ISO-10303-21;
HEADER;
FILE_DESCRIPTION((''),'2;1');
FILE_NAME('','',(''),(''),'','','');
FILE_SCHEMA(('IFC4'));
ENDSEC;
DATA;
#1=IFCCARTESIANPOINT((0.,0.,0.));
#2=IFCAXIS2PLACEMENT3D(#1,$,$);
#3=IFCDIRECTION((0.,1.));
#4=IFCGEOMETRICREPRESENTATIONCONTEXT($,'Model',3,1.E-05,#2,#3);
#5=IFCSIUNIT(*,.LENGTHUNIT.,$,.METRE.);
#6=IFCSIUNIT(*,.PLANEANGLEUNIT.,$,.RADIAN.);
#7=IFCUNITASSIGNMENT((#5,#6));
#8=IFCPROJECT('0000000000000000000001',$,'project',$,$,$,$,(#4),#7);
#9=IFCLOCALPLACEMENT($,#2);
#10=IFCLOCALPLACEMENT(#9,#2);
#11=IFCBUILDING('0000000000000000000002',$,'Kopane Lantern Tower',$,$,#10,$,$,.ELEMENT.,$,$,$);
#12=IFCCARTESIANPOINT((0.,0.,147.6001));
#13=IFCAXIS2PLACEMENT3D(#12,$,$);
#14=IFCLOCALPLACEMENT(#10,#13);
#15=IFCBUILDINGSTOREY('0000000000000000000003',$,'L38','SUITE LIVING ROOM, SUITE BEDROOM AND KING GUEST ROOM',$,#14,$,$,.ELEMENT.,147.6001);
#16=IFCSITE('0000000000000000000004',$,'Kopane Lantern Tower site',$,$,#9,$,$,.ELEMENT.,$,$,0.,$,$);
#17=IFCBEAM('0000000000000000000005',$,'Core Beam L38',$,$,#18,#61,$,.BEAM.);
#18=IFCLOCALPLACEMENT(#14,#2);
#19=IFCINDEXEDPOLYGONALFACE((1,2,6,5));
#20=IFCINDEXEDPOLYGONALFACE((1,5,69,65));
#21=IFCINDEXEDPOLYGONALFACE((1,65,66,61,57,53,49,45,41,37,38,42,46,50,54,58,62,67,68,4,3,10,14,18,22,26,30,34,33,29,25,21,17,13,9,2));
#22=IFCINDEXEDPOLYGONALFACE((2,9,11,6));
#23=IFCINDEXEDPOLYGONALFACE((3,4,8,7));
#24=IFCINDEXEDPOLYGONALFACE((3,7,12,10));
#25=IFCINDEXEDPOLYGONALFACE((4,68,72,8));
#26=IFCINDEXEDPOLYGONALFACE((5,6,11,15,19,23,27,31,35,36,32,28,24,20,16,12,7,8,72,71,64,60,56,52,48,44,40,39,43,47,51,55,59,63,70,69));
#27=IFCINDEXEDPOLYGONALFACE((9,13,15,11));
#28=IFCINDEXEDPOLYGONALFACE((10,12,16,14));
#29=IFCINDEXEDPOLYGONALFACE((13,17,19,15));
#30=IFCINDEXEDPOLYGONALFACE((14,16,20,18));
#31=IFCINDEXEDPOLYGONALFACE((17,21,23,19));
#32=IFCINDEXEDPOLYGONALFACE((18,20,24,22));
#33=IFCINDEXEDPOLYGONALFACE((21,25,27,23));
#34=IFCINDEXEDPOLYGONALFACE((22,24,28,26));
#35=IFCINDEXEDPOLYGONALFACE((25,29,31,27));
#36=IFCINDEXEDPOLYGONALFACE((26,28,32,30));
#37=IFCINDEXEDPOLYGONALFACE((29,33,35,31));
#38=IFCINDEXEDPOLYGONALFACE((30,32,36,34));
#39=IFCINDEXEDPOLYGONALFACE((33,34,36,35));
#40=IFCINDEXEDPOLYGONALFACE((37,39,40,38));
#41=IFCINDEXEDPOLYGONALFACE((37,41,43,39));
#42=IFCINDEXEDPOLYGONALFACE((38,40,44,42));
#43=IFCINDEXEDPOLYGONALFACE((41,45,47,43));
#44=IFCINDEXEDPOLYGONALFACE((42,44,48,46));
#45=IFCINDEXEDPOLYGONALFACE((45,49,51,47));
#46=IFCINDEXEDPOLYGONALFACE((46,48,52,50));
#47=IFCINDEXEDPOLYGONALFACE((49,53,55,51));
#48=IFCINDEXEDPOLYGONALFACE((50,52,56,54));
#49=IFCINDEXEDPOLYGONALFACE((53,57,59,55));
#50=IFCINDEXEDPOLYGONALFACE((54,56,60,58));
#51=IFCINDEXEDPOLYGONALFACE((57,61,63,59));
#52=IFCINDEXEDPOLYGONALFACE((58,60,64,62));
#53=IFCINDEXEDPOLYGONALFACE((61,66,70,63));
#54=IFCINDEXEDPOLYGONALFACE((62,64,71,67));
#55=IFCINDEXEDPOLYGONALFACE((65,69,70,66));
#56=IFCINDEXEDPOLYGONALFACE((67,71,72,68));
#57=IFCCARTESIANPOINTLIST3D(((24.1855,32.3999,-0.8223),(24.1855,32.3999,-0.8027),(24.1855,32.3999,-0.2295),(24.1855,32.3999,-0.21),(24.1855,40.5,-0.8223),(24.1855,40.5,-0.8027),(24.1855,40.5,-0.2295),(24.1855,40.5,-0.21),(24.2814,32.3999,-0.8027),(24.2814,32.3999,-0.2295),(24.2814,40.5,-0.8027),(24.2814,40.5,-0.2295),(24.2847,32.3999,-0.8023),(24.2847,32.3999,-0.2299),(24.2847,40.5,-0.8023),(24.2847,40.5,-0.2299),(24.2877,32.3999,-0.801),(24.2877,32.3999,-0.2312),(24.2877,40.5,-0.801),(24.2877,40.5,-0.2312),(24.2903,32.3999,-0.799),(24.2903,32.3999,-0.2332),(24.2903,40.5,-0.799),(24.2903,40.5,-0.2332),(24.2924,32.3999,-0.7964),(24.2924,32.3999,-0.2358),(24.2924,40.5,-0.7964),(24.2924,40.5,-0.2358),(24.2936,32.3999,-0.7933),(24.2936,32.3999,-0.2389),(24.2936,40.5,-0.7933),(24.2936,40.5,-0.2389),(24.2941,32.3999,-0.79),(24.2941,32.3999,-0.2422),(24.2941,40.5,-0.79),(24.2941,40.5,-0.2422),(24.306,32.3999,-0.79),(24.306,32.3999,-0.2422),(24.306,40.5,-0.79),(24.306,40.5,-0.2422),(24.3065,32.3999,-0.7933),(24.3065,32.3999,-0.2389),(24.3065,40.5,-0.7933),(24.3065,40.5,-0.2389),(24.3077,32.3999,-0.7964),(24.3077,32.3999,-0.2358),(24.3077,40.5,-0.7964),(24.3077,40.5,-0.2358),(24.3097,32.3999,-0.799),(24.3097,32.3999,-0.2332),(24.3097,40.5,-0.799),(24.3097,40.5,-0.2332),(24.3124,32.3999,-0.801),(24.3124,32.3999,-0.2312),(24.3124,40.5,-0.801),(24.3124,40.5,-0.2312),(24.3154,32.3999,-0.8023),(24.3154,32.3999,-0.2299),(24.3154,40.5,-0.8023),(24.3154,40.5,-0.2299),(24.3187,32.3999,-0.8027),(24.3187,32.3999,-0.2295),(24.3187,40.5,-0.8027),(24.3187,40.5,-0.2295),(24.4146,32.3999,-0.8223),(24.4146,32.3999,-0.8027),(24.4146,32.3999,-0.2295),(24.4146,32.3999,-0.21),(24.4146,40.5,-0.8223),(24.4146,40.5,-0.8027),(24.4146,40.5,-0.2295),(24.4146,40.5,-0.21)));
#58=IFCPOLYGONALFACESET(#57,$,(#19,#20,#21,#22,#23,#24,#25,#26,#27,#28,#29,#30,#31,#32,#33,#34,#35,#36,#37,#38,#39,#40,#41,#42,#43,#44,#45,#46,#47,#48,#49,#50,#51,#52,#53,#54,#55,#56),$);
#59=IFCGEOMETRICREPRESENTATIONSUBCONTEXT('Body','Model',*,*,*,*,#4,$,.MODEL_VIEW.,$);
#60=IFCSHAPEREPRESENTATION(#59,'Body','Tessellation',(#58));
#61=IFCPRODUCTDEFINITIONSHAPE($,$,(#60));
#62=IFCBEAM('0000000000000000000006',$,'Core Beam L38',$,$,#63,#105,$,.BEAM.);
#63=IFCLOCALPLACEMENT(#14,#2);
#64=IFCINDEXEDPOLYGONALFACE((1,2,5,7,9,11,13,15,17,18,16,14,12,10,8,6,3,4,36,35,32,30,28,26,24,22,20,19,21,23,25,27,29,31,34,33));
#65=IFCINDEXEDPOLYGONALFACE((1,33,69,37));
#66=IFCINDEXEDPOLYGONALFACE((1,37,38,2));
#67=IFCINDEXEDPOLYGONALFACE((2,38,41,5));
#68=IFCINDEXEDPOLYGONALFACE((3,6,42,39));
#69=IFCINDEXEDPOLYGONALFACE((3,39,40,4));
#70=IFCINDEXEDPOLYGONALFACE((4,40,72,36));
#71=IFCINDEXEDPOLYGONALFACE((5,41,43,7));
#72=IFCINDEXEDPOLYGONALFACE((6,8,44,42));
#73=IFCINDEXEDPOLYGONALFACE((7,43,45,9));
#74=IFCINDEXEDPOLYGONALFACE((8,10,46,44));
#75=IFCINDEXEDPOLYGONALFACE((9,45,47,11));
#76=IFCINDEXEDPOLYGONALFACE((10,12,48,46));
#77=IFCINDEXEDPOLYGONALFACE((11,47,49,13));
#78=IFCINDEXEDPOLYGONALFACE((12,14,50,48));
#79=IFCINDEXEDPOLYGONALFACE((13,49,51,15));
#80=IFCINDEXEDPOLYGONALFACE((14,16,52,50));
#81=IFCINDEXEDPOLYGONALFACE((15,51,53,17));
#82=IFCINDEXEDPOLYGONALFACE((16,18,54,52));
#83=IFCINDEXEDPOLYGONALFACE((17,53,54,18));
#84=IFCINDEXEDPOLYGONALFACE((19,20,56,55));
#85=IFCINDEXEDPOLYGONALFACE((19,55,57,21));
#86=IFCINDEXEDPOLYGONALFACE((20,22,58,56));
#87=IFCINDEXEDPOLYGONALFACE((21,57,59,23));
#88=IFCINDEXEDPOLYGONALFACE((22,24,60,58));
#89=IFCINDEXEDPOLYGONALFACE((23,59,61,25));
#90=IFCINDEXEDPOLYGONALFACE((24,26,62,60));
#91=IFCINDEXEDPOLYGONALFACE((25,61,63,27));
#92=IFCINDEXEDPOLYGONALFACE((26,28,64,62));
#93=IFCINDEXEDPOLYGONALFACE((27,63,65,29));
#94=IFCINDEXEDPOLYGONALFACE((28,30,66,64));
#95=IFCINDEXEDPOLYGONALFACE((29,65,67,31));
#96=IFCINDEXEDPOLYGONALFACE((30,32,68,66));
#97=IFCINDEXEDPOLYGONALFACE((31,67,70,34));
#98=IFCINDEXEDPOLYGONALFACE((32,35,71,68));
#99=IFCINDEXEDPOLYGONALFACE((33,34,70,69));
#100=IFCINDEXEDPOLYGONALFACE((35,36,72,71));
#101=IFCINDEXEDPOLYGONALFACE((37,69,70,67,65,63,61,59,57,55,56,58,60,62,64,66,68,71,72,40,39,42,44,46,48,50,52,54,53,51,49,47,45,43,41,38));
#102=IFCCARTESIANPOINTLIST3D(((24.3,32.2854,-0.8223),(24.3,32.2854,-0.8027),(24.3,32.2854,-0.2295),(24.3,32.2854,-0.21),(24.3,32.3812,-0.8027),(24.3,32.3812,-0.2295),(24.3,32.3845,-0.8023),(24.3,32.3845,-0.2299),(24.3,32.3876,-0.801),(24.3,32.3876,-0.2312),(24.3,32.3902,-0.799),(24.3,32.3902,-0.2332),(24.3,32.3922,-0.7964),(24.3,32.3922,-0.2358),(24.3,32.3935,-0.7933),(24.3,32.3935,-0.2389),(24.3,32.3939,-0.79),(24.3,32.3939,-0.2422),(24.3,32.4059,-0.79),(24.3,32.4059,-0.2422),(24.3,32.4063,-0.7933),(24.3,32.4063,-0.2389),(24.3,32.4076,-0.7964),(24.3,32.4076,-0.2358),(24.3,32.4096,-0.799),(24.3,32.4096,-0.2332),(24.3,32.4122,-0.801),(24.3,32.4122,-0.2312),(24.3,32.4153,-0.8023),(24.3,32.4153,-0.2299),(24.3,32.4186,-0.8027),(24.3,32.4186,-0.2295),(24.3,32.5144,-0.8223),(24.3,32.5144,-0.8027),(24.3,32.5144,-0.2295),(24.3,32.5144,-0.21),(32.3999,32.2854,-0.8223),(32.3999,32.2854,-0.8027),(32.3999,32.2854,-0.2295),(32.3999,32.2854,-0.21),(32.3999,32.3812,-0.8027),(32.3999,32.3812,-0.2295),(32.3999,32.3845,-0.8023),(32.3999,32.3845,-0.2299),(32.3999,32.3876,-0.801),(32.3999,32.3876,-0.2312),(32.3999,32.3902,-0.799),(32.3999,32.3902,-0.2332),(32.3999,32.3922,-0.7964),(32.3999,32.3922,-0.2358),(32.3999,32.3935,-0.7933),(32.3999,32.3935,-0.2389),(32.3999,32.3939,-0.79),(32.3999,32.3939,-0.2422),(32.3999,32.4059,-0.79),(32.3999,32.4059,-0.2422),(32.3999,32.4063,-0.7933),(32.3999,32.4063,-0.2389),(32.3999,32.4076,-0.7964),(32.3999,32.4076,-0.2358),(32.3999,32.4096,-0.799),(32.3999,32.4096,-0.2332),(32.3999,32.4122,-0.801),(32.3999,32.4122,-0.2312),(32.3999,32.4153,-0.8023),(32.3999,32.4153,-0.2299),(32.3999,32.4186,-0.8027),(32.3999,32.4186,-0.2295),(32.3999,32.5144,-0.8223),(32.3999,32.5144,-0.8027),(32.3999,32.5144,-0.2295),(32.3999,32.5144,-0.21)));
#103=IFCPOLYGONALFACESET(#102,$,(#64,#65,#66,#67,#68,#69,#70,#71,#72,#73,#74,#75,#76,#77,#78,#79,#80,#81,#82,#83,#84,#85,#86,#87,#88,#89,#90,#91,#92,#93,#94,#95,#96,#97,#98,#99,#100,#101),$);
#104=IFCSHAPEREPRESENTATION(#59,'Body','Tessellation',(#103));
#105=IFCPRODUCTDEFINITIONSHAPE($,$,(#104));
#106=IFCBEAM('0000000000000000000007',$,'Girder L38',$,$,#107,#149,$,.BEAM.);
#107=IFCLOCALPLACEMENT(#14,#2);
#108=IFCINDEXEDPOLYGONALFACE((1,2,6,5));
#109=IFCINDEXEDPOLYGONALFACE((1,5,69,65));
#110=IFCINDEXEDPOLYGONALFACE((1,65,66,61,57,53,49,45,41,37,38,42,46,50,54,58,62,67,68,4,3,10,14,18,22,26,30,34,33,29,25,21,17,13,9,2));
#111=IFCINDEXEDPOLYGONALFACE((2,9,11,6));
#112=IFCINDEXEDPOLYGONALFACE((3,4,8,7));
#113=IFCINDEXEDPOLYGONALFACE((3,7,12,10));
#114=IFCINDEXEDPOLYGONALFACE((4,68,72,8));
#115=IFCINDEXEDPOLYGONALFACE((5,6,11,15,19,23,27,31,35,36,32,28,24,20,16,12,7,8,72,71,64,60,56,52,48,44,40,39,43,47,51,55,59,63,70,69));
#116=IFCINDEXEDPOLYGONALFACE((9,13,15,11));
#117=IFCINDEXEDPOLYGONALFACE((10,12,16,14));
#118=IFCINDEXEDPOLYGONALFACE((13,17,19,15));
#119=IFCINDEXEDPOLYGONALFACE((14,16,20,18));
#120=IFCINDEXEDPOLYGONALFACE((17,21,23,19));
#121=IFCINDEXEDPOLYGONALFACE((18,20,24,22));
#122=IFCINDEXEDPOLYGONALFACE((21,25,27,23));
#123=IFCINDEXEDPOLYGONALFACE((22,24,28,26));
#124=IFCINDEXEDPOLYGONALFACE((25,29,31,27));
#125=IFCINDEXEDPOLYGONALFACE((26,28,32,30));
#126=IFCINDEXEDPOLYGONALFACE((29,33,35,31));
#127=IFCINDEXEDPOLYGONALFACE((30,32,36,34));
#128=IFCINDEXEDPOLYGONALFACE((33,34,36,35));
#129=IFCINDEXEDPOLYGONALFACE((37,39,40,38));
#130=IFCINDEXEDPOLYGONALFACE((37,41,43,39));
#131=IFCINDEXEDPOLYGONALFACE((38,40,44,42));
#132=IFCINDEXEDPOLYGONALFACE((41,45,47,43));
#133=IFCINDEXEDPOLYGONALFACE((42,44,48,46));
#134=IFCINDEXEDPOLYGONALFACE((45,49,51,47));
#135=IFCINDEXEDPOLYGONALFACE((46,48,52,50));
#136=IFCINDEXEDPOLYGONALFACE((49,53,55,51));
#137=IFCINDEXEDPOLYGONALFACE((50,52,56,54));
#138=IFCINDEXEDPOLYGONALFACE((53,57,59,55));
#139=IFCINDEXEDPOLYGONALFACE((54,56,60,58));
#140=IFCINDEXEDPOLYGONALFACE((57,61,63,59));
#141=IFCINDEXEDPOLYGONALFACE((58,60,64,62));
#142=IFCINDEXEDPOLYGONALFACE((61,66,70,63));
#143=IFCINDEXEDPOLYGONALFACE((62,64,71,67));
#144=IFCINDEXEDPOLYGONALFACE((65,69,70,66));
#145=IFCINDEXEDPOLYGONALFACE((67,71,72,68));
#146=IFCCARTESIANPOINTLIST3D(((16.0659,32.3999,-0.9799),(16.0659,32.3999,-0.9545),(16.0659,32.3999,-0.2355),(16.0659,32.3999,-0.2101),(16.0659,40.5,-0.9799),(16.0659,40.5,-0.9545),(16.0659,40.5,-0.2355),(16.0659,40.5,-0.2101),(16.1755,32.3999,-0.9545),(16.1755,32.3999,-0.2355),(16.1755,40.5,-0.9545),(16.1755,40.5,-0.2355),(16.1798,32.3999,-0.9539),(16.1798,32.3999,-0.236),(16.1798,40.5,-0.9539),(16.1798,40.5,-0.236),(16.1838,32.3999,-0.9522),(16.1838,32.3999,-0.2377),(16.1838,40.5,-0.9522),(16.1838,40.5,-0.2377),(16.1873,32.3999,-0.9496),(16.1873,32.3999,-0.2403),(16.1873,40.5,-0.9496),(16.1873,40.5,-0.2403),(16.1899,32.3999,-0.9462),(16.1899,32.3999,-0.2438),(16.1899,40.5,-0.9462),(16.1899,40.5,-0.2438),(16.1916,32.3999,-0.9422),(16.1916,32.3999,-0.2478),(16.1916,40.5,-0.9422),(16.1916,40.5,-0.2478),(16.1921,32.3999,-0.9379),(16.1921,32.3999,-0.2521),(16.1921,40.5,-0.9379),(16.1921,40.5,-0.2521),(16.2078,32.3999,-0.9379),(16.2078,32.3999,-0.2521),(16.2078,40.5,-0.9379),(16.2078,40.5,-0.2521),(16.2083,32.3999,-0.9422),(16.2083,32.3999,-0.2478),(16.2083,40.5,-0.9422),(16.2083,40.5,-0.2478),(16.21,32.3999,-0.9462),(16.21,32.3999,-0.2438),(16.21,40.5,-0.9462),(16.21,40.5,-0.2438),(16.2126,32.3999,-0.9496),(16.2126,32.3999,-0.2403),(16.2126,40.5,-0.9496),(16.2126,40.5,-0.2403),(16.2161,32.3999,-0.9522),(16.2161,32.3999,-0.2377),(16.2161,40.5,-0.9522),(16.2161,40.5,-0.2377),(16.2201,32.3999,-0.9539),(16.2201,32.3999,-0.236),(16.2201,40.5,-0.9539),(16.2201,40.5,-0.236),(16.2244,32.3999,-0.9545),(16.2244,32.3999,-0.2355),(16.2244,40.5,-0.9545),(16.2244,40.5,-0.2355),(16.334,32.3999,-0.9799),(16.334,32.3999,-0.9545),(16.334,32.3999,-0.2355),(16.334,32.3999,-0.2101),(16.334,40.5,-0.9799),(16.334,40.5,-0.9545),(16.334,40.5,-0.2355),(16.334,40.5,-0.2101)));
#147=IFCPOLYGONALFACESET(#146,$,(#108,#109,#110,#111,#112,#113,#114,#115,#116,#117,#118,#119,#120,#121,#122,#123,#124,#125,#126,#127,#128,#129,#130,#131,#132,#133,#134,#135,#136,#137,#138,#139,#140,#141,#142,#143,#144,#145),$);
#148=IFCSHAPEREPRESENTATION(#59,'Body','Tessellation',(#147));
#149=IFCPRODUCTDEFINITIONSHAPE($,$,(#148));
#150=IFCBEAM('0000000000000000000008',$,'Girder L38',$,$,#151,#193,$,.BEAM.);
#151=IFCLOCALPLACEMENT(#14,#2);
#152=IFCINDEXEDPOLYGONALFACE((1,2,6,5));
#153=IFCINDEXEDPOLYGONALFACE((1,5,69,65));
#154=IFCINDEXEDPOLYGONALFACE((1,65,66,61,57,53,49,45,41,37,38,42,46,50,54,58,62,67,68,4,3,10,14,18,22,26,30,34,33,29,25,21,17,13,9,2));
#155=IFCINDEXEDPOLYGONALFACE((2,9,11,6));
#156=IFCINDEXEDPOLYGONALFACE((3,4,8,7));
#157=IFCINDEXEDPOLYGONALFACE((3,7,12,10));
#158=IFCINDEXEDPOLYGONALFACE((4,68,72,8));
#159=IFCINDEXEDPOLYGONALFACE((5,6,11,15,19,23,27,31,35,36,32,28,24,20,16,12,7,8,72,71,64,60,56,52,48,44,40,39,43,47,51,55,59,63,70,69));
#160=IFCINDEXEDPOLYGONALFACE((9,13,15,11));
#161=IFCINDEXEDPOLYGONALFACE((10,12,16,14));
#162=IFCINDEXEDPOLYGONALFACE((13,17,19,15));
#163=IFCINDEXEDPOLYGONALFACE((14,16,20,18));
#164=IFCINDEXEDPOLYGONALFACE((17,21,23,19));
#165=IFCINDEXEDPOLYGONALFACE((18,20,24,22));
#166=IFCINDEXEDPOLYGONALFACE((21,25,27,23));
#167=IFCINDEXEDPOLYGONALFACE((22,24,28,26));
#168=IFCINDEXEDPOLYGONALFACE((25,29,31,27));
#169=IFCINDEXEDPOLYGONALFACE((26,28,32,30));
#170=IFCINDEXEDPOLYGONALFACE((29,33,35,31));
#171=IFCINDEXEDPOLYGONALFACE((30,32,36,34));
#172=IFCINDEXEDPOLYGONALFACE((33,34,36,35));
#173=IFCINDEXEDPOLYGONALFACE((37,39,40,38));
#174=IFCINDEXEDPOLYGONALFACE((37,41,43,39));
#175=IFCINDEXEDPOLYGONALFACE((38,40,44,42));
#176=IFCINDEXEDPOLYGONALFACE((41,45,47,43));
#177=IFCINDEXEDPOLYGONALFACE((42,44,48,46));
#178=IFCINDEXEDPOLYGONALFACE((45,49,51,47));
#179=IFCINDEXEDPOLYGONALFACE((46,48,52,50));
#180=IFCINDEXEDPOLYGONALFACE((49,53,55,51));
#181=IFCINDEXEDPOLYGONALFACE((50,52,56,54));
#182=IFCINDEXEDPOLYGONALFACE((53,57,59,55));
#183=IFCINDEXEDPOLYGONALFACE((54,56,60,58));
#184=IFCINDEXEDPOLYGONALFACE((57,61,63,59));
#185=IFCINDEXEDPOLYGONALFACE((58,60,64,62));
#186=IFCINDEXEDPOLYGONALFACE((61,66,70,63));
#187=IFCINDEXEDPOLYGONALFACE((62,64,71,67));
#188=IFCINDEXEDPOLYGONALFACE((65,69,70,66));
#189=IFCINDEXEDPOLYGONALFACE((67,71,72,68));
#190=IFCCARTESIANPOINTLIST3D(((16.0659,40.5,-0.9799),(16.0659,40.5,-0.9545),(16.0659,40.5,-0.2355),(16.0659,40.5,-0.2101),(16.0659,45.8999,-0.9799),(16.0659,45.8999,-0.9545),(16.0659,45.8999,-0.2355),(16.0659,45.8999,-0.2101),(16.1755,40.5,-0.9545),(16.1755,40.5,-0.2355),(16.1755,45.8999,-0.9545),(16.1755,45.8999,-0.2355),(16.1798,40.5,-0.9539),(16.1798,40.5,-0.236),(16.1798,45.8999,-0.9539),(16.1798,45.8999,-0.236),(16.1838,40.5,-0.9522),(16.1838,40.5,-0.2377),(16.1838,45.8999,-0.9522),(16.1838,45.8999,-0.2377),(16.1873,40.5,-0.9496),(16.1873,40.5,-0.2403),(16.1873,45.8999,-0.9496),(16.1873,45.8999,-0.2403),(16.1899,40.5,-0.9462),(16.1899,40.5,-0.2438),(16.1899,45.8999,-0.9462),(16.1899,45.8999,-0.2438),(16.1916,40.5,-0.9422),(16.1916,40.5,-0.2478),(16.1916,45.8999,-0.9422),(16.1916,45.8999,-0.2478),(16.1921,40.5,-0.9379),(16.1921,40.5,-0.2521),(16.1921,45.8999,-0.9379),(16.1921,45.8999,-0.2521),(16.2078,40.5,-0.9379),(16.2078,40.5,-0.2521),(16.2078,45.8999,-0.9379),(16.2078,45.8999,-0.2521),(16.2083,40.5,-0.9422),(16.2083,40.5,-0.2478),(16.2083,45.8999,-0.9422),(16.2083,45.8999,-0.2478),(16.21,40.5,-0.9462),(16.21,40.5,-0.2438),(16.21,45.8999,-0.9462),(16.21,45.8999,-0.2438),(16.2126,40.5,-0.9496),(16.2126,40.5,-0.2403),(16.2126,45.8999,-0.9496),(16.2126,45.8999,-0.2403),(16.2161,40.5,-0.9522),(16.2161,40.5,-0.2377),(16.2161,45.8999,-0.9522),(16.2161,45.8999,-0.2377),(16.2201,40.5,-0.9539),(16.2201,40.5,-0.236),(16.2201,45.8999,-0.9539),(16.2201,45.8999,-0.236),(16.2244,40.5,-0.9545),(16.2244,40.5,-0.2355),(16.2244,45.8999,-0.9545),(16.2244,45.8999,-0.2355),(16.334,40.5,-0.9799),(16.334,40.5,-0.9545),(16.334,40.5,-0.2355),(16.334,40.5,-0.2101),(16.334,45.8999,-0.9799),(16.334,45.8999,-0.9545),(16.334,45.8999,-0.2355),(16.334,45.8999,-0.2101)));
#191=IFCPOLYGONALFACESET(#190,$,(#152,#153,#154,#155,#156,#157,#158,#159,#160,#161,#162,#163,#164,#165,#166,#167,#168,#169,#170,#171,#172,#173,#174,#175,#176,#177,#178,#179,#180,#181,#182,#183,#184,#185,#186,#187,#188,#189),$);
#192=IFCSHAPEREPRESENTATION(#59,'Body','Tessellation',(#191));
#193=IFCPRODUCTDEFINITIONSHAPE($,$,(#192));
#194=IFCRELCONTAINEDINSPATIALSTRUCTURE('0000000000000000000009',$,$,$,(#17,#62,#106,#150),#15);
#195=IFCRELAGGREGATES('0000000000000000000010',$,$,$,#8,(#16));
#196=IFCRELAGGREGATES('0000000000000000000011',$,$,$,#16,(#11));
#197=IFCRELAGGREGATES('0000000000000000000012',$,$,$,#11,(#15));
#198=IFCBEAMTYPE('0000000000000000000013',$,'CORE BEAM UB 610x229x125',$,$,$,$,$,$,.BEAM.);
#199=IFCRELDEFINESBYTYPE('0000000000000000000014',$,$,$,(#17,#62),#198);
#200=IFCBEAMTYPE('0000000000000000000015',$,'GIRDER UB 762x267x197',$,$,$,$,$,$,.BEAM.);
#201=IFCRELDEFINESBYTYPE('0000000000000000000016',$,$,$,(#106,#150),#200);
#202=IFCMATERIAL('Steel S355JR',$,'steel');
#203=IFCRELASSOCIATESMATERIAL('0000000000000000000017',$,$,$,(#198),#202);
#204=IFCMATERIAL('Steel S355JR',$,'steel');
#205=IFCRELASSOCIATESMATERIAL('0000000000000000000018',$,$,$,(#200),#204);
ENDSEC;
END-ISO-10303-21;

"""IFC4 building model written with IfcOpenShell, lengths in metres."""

from ifc_helpers import new_model, si_unit, direction, frame, origin, origin_2d, place, context, subcontext, project, spatial, i_section, extrude, material, material_profile, profile_set, type_object, element, save


model = new_model("IFC4")

# Units and contexts
model_context = context("Model", 3, precision=1e-05, world=origin(), true_north=direction((0.0, 1.0)))
body_context = subcontext(model_context, "Body", "Model", "MODEL_VIEW")
ifc_project = project(units=[si_unit("LENGTHUNIT", "METRE"), si_unit("PLANEANGLEUNIT", "RADIAN")], contexts=[model_context])

# Site, building, storey
site_placement = place(None, origin())
site = spatial("IfcSite", under=ifc_project, at=site_placement, Name="Kopane Lantern Tower site", CompositionType="ELEMENT", RefElevation=0.0)
building_placement = place(site_placement, origin())
building = spatial("IfcBuilding", under=site, at=building_placement, Name="Kopane Lantern Tower", CompositionType="ELEMENT")
storey_placement = place(building_placement, frame((0.0, 0.0, 147.6001)))
storey = spatial("IfcBuildingStorey", under=building, at=storey_placement, Name="L38", Description="SUITE LIVING ROOM, SUITE BEDROOM AND KING GUEST ROOM", CompositionType="ELEMENT", Elevation=147.6001)

# Beams
ifc_material_1 = material(Name="Steel S355JR", Category="steel")
ifc_material_profile_1 = material_profile(ifc_material_1, i_section(OverallWidth=0.229, OverallDepth=0.6123, WebThickness=0.012, FlangeThickness=0.0195, FilletRadius=0.0127, at=origin_2d()), Name="UB 610x229x125")
ifc_profile_set_1 = profile_set([ifc_material_profile_1], Name="Steel S355JR")
beam_type_1 = type_object("IfcBeamType", Name="CORE BEAM UB 610x229x125", PredefinedType="BEAM", material=ifc_profile_set_1)
for number, where, z_axis, x_axis, name in (
    (1, (24.3, 32.3999, -0.5161), (0.0, 1.0, 0.0), (-1.0, 0.0, 0.0), "Core Beam L38"),
):
    element("IfcBeam", number, at=place(storey_placement, frame(where, z_axis=z_axis, x_axis=x_axis)), inside=storey, type_object=beam_type_1, Name=name, PredefinedType="BEAM", context=body_context, shape_type="SweptSolid", body=[
        extrude(i_section(OverallWidth=0.229, OverallDepth=0.6123, WebThickness=0.012, FlangeThickness=0.0195, FilletRadius=0.0127, at=origin_2d()), origin(), (0.0, 0.0, 1.0), 8.1001),
    ])
beam_1_placement = place(storey_placement, frame((24.3, 32.3999, -0.5161), z_axis=(1.0, 0.0, 0.0), x_axis=(0.0, 1.0, 0.0)))
element("IfcBeam", 2, at=beam_1_placement, inside=storey, type_object=beam_type_1, Name="Core Beam L38", PredefinedType="BEAM", context=body_context, shape_type="SweptSolid", body=[
    extrude(i_section(OverallWidth=0.229, OverallDepth=0.6123, WebThickness=0.012, FlangeThickness=0.0195, FilletRadius=0.0127, at=origin_2d()), origin(), (0.0, 0.0, 1.0), 8.0999),
])
ifc_material_2 = material(Name="Steel S355JR", Category="steel")
ifc_material_profile_2 = material_profile(ifc_material_2, i_section(OverallWidth=0.2681, OverallDepth=0.7698, WebThickness=0.0156, FlangeThickness=0.0254, FilletRadius=0.0166, at=origin_2d()), Name="UB 762x267x197")
ifc_profile_set_2 = profile_set([ifc_material_profile_2], Name="Steel S355JR")
beam_type_2 = type_object("IfcBeamType", Name="GIRDER UB 762x267x197", PredefinedType="BEAM", material=ifc_profile_set_2)
beam_2_placement = place(storey_placement, frame((16.2, 32.3999, -0.595), z_axis=(0.0, 1.0, 0.0), x_axis=(-1.0, 0.0, 0.0)))
element("IfcBeam", 3, at=beam_2_placement, inside=storey, type_object=beam_type_2, Name="Girder L38", PredefinedType="BEAM", context=body_context, shape_type="SweptSolid", body=[
    extrude(i_section(OverallWidth=0.2681, OverallDepth=0.7698, WebThickness=0.0156, FlangeThickness=0.0254, FilletRadius=0.0166, at=origin_2d()), origin(), (0.0, 0.0, 1.0), 8.1001),
])
beam_3_placement = place(storey_placement, frame((16.2, 40.5, -0.595), z_axis=(0.0, 1.0, 0.0), x_axis=(-1.0, 0.0, 0.0)))
element("IfcBeam", 4, at=beam_3_placement, inside=storey, type_object=beam_type_2, Name="Girder L38", PredefinedType="BEAM", context=body_context, shape_type="SweptSolid", body=[
    extrude(i_section(OverallWidth=0.2681, OverallDepth=0.7698, WebThickness=0.0156, FlangeThickness=0.0254, FilletRadius=0.0166, at=origin_2d()), origin(), (0.0, 0.0, 1.0), 5.3999),
])

save(model, "model.ifc")
